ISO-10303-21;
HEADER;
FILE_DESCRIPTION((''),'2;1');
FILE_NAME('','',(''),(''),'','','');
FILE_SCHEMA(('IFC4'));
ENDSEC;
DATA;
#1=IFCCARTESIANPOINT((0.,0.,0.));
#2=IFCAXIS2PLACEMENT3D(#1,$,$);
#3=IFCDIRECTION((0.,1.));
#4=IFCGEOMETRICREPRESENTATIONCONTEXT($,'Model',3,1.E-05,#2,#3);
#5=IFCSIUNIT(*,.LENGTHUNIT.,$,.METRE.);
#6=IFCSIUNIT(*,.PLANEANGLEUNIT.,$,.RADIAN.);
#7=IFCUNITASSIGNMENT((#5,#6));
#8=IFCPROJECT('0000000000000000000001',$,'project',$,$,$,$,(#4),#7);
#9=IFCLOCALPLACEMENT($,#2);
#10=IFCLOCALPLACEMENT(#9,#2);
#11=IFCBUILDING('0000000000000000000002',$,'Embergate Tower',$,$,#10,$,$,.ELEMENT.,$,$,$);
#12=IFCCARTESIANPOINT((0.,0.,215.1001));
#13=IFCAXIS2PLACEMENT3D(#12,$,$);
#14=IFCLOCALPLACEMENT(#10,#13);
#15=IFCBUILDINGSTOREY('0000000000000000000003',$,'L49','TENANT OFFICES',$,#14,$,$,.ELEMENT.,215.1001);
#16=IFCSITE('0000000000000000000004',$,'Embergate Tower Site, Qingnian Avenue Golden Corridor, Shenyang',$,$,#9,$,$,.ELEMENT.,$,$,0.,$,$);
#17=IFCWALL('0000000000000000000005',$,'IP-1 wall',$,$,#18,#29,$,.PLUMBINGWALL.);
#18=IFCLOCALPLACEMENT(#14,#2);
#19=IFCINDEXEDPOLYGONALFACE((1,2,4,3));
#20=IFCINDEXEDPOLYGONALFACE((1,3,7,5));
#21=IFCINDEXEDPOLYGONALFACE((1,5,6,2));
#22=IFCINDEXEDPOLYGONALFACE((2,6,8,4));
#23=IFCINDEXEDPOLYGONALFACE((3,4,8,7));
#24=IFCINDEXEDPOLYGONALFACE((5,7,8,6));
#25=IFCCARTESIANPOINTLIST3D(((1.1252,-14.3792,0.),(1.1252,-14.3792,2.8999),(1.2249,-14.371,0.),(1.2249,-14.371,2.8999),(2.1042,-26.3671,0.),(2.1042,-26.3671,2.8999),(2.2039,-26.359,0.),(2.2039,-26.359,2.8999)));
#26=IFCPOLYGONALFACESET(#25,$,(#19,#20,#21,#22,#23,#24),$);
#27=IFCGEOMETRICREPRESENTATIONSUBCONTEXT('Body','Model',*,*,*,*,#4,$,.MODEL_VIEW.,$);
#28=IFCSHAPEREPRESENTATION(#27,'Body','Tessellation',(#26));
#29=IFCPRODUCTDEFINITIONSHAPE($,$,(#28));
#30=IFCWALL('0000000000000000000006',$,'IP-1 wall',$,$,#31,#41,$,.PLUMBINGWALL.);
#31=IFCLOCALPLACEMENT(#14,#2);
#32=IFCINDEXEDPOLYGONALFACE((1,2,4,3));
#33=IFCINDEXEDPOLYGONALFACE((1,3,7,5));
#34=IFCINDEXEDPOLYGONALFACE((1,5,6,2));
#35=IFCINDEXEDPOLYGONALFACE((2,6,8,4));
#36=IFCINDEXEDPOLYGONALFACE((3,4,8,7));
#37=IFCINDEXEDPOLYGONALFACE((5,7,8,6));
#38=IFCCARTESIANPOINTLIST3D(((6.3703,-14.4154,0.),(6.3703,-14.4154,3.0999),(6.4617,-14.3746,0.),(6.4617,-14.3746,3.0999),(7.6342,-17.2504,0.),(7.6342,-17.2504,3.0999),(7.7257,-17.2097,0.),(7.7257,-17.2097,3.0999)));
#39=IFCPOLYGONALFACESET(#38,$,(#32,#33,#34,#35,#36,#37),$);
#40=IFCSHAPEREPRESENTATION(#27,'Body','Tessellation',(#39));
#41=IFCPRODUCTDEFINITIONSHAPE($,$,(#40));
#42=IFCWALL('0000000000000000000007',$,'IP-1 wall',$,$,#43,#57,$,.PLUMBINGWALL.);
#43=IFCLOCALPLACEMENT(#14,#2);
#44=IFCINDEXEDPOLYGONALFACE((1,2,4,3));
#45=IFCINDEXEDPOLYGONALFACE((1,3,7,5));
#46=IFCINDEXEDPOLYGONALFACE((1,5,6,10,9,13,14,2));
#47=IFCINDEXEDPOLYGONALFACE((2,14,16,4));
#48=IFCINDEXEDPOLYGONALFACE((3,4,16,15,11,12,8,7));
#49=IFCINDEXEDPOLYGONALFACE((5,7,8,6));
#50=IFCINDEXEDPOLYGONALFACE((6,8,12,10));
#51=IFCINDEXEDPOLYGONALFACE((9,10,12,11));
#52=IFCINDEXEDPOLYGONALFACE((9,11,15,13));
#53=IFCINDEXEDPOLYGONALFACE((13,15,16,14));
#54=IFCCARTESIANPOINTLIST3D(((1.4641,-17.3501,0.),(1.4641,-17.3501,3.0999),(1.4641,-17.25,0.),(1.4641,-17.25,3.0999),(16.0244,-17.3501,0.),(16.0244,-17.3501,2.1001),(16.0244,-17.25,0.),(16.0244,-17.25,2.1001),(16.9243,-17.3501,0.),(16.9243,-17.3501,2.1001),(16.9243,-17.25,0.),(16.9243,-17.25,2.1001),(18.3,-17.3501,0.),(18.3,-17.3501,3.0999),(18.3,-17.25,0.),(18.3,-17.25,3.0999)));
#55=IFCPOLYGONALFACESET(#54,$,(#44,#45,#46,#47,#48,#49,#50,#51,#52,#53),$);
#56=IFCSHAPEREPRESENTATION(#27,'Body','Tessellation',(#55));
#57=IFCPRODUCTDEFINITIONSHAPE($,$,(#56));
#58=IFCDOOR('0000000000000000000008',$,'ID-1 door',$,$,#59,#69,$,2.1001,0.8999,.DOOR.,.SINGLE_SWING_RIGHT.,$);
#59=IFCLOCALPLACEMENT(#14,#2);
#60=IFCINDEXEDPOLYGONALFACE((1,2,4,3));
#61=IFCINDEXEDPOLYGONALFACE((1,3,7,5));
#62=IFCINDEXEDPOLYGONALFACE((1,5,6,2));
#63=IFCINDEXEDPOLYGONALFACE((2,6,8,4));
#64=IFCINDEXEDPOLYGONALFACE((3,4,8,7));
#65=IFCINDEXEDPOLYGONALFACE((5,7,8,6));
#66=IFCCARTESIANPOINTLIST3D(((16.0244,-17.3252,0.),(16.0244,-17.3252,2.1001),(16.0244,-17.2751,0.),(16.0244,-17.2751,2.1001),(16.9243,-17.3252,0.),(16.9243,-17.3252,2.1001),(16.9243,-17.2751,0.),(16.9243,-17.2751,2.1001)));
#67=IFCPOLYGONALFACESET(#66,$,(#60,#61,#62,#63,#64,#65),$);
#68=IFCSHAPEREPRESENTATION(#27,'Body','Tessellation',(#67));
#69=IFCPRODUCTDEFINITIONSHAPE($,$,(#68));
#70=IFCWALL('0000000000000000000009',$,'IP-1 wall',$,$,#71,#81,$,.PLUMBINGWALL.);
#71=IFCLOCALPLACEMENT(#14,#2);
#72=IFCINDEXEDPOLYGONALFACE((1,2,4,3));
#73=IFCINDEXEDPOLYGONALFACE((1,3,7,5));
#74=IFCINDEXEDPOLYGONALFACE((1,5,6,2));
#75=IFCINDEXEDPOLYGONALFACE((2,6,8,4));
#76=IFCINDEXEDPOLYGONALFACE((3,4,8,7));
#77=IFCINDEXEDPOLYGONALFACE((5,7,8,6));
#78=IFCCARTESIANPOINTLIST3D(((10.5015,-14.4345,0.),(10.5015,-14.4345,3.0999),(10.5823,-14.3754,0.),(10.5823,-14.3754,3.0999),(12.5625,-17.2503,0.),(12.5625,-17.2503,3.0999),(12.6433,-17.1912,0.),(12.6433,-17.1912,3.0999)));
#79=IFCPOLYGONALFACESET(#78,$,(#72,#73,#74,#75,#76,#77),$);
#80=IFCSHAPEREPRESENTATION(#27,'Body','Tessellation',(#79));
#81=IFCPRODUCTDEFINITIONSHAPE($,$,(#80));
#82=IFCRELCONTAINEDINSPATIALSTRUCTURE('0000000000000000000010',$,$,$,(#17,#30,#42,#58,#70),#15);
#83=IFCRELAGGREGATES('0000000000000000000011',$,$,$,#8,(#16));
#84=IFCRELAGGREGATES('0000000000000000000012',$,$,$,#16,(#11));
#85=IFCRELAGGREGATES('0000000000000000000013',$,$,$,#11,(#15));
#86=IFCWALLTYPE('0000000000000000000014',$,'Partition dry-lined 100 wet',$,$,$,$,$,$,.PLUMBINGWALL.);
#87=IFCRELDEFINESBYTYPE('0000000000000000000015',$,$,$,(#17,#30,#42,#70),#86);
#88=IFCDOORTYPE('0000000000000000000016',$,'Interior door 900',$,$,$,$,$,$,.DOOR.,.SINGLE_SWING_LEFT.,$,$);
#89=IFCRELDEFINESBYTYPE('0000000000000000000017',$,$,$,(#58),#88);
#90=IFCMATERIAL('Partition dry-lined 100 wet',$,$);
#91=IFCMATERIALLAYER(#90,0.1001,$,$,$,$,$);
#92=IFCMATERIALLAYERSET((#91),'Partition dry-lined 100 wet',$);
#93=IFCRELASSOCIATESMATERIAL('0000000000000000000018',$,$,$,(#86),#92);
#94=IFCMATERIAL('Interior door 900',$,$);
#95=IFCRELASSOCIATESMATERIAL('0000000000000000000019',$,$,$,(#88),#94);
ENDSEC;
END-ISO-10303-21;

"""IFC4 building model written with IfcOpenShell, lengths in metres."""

from ifc_helpers import new_model, si_unit, direction, frame, frame_2d, origin, place, context, subcontext, project, spatial, rectangle, extrude, source, transform, mapped, material, layer, layer_set, type_object, element, fill, save


model = new_model("IFC4")

# Units and contexts
model_context = context("Model", 3, precision=1e-05, world=origin(), true_north=direction((0.0, 1.0)))
body_context = subcontext(model_context, "Body", "Model", "MODEL_VIEW")
ifc_project = project(units=[si_unit("LENGTHUNIT", "METRE"), si_unit("PLANEANGLEUNIT", "RADIAN")], contexts=[model_context])

# Site, building, storey
site_placement = place(None, origin())
site = spatial("IfcSite", under=ifc_project, at=site_placement, Name="Embergate Tower Site, Qingnian Avenue Golden Corridor, Shenyang", CompositionType="ELEMENT", RefElevation=0.0)
building_placement = place(site_placement, origin())
building = spatial("IfcBuilding", under=site, at=building_placement, Name="Embergate Tower", CompositionType="ELEMENT")
storey_placement = place(building_placement, frame((0.0, 0.0, 215.1001)))
storey = spatial("IfcBuildingStorey", under=building, at=storey_placement, Name="L49", Description="TENANT OFFICES", CompositionType="ELEMENT", Elevation=215.1001)

# Shared definitions
shared_shape_1 = source(origin(), body_context, "Body", "SweptSolid", [
    extrude(rectangle(XDim=0.8999, YDim=2.1001, at=frame_2d((0.45, 1.05))), frame((0.0, 0.0249, 0.0), z_axis=(0.0, -1.0, 0.0), x_axis=(1.0, 0.0, 0.0)), (0.0, 0.0, 1.0), 0.05),
])

# Walls
ifc_material_1 = material(Name="Partition dry-lined 100 wet")
ifc_layer_1 = layer(ifc_material_1, 0.1001)
ifc_layer_set_1 = layer_set([ifc_layer_1], Name="Partition dry-lined 100 wet")
wall_type_1 = type_object("IfcWallType", Name="Partition dry-lined 100 wet", PredefinedType="PLUMBINGWALL", material=ifc_layer_set_1)
shared_shape_2 = source(origin(), body_context, "Body", "SweptSolid", [
    extrude(rectangle(XDim=12.0278, YDim=0.1001, at=frame_2d((6.0139, 0.0))), origin(), (0.0, 0.0, 1.0), 2.8999),
])
wall_1_placement = place(storey_placement, frame((2.1541, -26.363, 0.0), z_axis=(0.0, 0.0, 1.0), x_axis=(-0.081394, 0.996682, 0.0)))
element("IfcWall", 1, at=wall_1_placement, inside=storey, type_object=wall_type_1, Name="IP-1 wall", PredefinedType="PLUMBINGWALL", context=body_context, shape_type="MappedRepresentation", body=[
    mapped(shared_shape_2, transform((0.0, 0.0, 0.0))),
])
shared_shape_3 = source(origin(), body_context, "Body", "SweptSolid", [
    extrude(rectangle(XDim=3.104, YDim=0.1001, at=frame_2d((1.552, 0.0))), origin(), (0.0, 0.0, 1.0), 3.0999),
])
wall_2_placement = place(storey_placement, frame((6.416, -14.395, 0.0), z_axis=(0.0, 0.0, 1.0), x_axis=(0.407196, -0.913341, 0.0)))
element("IfcWall", 2, at=wall_2_placement, inside=storey, type_object=wall_type_1, Name="IP-1 wall", PredefinedType="PLUMBINGWALL", context=body_context, shape_type="MappedRepresentation", body=[
    mapped(shared_shape_3, transform((0.0, 0.0, 0.0))),
])

# Wall, opening, door
shared_shape_4 = source(origin(), body_context, "Body", "SweptSolid", [
    extrude(rectangle(XDim=16.8359, YDim=0.1001, at=frame_2d((8.418, 0.0))), origin(), (0.0, 0.0, 1.0), 3.0999),
])
wall_3_placement = place(storey_placement, frame((1.4641, -17.3, 0.0), z_axis=(0.0, 0.0, 1.0), x_axis=(1.0, 0.0, 0.0)))
wall_3 = element("IfcWall", 3, at=wall_3_placement, inside=storey, type_object=wall_type_1, Name="IP-1 wall", PredefinedType="PLUMBINGWALL", context=body_context, shape_type="MappedRepresentation", body=[
    mapped(shared_shape_4, transform((0.0, 0.0, 0.0))),
])
shared_shape_5 = source(origin(), body_context, "Body", "SweptSolid", [
    extrude(rectangle(XDim=0.8999, YDim=2.1001, at=frame_2d((0.45, 1.05))), frame((0.0, 0.0601, 0.0), z_axis=(0.0, -1.0, 0.0), x_axis=(1.0, 0.0, 0.0)), (0.0, 0.0, 1.0), 0.1201),
])
opening_1_placement = place(wall_3_placement, frame((14.5603, 0.0, 0.0)))
opening_1 = element("IfcOpeningElement", 4, at=opening_1_placement, cuts=wall_3, PredefinedType="OPENING", context=body_context, shape_type="MappedRepresentation", body=[
    mapped(shared_shape_5, transform((0.0, 0.0, 0.0))),
])
ifc_material_2 = material(Name="Interior door 900")
door_type_1 = type_object("IfcDoorType", Name="Interior door 900", OperationType="SINGLE_SWING_LEFT", PredefinedType="DOOR", material=ifc_material_2)
door_1_placement = place(opening_1_placement, origin())
door_1 = element("IfcDoor", 5, at=door_1_placement, inside=storey, type_object=door_type_1, Name="ID-1 door", OperationType="SINGLE_SWING_RIGHT", OverallHeight=2.1001, OverallWidth=0.8999, PredefinedType="DOOR", context=body_context, shape_type="MappedRepresentation", body=[
    mapped(shared_shape_1, transform((0.0, 0.0, 0.0))),
])
fill(opening_1, door_1)

# Wall
shared_shape_6 = source(origin(), body_context, "Body", "SweptSolid", [
    extrude(rectangle(XDim=3.4895, YDim=0.1001, at=frame_2d((1.7446, 0.0))), origin(), (0.0, 0.0, 1.0), 3.0999),
])
wall_4_placement = place(storey_placement, frame((10.542, -14.405, 0.0), z_axis=(0.0, 0.0, 1.0), x_axis=(0.590623, -0.806947, 0.0)))
element("IfcWall", 6, at=wall_4_placement, inside=storey, type_object=wall_type_1, Name="IP-1 wall", PredefinedType="PLUMBINGWALL", context=body_context, shape_type="MappedRepresentation", body=[
    mapped(shared_shape_6, transform((0.0, 0.0, 0.0))),
])

save(model, "model.ifc")
